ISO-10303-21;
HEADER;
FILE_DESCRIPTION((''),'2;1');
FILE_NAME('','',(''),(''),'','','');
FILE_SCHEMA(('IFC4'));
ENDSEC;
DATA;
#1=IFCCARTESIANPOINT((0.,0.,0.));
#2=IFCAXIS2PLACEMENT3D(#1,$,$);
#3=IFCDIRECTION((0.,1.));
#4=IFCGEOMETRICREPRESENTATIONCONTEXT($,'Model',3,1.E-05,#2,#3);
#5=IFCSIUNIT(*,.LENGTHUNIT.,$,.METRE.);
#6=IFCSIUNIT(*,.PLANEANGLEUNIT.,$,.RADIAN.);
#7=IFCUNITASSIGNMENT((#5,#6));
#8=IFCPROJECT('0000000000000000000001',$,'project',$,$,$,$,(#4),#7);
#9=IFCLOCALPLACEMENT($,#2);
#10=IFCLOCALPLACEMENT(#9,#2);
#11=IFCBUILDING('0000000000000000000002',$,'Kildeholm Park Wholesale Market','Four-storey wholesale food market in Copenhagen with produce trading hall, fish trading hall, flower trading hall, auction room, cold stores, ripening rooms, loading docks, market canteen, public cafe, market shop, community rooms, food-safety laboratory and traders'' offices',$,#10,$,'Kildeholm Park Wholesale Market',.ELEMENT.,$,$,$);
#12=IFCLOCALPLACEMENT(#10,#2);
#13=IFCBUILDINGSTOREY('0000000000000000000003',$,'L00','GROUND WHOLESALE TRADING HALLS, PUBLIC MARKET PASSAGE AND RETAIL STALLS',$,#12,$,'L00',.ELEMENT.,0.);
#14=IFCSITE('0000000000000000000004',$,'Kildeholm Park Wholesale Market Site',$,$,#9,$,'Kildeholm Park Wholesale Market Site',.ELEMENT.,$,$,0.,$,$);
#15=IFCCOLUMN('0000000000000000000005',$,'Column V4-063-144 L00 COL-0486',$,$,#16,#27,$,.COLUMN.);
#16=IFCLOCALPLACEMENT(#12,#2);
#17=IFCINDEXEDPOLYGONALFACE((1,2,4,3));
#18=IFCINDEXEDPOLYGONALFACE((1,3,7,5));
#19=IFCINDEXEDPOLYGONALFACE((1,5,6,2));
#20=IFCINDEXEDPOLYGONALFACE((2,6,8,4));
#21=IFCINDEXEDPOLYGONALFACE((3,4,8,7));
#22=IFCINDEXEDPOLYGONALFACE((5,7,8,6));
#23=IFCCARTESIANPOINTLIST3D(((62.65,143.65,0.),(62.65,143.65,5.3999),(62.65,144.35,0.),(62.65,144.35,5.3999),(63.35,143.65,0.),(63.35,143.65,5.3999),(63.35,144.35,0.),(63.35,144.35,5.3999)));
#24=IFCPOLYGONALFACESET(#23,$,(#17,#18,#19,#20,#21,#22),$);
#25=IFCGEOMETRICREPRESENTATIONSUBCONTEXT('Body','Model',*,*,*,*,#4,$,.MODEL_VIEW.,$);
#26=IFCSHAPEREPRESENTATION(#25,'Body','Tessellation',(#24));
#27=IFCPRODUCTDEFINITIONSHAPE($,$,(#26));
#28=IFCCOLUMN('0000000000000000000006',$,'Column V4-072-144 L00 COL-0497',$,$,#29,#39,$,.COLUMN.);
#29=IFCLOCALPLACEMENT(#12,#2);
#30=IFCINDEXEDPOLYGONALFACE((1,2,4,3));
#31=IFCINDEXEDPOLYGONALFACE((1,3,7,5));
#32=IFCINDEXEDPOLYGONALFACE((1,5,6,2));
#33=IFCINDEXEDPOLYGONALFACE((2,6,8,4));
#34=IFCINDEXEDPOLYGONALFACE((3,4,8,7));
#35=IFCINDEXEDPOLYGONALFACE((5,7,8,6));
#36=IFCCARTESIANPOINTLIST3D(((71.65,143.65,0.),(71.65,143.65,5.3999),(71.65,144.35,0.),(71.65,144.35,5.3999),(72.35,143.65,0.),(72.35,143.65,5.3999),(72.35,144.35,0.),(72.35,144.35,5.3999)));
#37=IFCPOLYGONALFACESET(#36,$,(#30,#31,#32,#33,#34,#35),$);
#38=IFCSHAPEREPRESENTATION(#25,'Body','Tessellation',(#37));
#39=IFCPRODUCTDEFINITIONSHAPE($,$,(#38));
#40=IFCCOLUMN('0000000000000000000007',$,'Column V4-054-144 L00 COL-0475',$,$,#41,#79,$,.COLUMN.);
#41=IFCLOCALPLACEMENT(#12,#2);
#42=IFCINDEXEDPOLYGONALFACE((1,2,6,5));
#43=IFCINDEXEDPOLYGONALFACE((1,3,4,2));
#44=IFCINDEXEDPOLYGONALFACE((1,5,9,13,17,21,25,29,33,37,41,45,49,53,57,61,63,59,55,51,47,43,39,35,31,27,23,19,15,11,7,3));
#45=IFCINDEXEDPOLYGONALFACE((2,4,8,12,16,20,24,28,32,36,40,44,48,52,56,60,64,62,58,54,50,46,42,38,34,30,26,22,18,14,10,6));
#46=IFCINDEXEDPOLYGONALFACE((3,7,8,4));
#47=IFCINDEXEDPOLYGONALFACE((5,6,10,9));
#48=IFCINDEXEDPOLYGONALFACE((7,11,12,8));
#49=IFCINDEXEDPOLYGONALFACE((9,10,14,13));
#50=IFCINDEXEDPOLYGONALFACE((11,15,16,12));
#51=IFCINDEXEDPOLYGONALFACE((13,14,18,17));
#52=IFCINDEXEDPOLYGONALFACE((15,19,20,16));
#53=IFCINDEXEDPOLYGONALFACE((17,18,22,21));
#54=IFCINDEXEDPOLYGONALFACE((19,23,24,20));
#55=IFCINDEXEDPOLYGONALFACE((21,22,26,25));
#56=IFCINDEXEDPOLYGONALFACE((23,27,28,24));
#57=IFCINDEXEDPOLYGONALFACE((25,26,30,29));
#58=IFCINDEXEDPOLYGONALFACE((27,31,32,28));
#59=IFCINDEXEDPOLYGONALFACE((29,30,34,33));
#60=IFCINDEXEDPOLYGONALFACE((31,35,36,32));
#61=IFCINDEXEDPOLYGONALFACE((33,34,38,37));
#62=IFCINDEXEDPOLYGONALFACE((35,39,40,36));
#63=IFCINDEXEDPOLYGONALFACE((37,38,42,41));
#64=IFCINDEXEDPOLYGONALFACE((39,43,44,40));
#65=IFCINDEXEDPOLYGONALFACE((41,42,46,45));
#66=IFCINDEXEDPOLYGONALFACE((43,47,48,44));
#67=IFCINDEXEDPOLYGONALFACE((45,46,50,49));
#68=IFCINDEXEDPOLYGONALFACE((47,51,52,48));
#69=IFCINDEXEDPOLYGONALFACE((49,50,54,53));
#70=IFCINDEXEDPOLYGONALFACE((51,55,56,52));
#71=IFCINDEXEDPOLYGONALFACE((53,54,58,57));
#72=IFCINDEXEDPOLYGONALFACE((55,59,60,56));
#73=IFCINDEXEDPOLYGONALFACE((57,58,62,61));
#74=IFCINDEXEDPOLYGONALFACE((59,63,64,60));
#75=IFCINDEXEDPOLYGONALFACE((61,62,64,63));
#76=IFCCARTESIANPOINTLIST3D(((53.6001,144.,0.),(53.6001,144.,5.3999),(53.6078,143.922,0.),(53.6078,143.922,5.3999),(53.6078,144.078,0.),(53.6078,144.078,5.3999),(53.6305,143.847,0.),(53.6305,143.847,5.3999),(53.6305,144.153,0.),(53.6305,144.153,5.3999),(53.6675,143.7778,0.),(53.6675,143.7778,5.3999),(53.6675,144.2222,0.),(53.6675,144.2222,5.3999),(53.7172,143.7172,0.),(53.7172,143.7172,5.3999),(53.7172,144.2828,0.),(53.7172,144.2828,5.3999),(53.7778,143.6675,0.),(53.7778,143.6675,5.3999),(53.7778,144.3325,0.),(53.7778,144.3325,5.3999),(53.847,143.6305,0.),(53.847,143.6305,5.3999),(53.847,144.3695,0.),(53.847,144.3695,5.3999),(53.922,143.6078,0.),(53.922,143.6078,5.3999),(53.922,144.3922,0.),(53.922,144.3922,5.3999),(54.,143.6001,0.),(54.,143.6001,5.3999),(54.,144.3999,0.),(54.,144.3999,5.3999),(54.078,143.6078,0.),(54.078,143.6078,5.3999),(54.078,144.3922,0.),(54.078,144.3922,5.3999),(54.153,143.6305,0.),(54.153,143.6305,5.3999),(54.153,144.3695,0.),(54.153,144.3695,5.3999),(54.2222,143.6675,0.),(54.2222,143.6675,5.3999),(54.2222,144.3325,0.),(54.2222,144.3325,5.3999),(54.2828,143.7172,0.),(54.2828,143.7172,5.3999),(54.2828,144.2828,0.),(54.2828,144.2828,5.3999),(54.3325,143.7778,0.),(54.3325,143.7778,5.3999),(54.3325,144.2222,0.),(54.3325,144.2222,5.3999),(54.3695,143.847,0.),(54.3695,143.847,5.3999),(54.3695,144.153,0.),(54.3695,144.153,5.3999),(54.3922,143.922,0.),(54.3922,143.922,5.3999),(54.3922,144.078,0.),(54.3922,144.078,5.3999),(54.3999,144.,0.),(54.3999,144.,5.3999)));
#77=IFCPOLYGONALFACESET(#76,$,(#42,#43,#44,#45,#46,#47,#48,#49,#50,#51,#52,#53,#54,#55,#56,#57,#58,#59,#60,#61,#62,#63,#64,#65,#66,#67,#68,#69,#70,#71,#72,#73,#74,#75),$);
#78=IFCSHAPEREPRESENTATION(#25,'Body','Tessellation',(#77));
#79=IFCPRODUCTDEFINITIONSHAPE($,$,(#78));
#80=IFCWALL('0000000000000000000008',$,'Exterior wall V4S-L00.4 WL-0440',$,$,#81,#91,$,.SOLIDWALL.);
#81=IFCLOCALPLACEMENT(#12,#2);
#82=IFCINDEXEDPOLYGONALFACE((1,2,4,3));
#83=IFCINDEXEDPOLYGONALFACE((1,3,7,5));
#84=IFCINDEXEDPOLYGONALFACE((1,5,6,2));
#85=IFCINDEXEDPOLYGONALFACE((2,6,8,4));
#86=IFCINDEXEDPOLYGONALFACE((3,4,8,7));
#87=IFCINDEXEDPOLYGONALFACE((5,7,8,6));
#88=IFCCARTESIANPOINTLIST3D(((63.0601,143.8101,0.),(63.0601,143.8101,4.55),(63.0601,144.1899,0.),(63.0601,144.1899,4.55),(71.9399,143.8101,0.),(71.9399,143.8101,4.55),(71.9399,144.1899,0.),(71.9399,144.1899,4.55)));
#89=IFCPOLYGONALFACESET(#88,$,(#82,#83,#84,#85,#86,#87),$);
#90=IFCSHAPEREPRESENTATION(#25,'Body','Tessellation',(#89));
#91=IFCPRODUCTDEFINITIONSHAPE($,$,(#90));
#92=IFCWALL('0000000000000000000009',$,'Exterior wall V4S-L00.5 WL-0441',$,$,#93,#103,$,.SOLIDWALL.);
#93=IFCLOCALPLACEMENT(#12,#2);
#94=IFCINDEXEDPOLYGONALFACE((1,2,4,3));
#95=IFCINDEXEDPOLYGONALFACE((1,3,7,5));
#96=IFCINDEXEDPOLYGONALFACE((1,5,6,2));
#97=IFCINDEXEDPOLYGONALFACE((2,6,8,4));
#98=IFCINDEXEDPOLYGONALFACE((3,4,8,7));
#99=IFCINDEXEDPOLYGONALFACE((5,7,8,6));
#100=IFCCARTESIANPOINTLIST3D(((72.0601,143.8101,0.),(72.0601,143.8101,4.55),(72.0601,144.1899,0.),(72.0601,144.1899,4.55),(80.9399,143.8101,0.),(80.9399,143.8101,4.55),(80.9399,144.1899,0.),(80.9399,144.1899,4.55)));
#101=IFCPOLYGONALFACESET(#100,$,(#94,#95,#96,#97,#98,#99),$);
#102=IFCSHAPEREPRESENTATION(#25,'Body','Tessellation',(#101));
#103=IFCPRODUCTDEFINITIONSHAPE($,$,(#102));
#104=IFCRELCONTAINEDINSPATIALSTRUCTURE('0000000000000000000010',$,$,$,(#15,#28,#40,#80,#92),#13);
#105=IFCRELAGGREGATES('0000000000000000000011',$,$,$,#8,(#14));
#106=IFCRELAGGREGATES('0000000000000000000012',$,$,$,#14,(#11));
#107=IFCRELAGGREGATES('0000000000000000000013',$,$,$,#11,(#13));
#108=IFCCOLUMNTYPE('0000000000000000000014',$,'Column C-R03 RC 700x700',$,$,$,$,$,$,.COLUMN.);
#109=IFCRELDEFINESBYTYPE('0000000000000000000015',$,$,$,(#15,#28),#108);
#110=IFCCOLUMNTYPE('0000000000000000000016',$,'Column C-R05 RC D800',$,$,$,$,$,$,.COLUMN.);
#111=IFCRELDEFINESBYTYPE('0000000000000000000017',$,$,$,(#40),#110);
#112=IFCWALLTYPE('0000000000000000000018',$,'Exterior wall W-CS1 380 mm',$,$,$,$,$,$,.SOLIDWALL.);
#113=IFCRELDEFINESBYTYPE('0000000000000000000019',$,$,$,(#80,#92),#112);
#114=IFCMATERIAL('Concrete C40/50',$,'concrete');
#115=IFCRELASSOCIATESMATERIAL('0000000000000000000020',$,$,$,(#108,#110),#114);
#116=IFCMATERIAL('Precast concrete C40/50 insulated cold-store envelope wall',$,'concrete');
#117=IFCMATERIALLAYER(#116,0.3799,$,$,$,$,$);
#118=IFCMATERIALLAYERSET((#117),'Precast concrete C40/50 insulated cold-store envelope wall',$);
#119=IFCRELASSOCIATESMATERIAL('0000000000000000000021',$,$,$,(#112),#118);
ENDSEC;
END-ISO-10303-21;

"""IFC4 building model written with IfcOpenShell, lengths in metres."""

from ifc_helpers import new_model, si_unit, direction, frame, frame_2d, origin, origin_2d, place, context, subcontext, project, spatial, rectangle, circle, extrude, material, layer, layer_set, material_profile, profile_set, type_object, element, save


model = new_model("IFC4")

# Units and contexts
model_context = context("Model", 3, precision=1e-05, world=origin(), true_north=direction((0.0, 1.0)))
body_context = subcontext(model_context, "Body", "Model", "MODEL_VIEW")
ifc_project = project(units=[si_unit("LENGTHUNIT", "METRE"), si_unit("PLANEANGLEUNIT", "RADIAN")], contexts=[model_context])

# Site, building, storey
site_placement = place(None, origin())
site = spatial("IfcSite", under=ifc_project, at=site_placement, Name="Kildeholm Park Wholesale Market Site", LongName="Kildeholm Park Wholesale Market Site", CompositionType="ELEMENT", RefElevation=0.0)
building_placement = place(site_placement, origin())
building = spatial("IfcBuilding", under=site, at=building_placement, Name="Kildeholm Park Wholesale Market", Description="Four-storey wholesale food market in Copenhagen with produce trading hall, fish trading hall, flower trading hall, auction room, cold stores, ripening rooms, loading docks, market canteen, public cafe, market shop, community rooms, food-safety laboratory and traders' offices", LongName="Kildeholm Park Wholesale Market", CompositionType="ELEMENT")
storey_placement = place(building_placement, origin())
storey = spatial("IfcBuildingStorey", under=building, at=storey_placement, Name="L00", Description="GROUND WHOLESALE TRADING HALLS, PUBLIC MARKET PASSAGE AND RETAIL STALLS", LongName="L00", CompositionType="ELEMENT", Elevation=0.0)

# Columns
ifc_material_1 = material(Name="Concrete C40/50", Category="concrete")
ifc_material_profile_1 = material_profile(ifc_material_1, rectangle(XDim=0.7, YDim=0.7, at=origin_2d()), Name="RC 700x700")
ifc_profile_set_1 = profile_set([ifc_material_profile_1], Name="Concrete C40/50")
column_type_1 = type_object("IfcColumnType", Name="Column C-R03 RC 700x700", PredefinedType="COLUMN", material=ifc_profile_set_1)
for number, where, z_axis, x_axis, name in (
    (1, (63.0, 144.0, 0.0), (0.0, 0.0, 1.0), (1.0, 0.0, 0.0), "Column V4-063-144 L00 COL-0486"),
    (2, (72.0, 144.0, 0.0), (0.0, 0.0, 1.0), (1.0, 0.0, 0.0), "Column V4-072-144 L00 COL-0497"),
):
    element("IfcColumn", number, at=place(storey_placement, frame(where, z_axis=z_axis, x_axis=x_axis)), inside=storey, type_object=column_type_1, Name=name, PredefinedType="COLUMN", context=body_context, shape_type="SweptSolid", body=[
        extrude(rectangle(XDim=0.7, YDim=0.7, at=origin_2d()), origin(), (0.0, 0.0, 1.0), 5.3999),
    ])
ifc_material_profile_2 = material_profile(ifc_material_1, circle(Radius=0.3999, at=origin_2d()), Name="RC D800")
ifc_profile_set_2 = profile_set([ifc_material_profile_2], Name="Concrete C40/50")
column_type_2 = type_object("IfcColumnType", Name="Column C-R05 RC D800", PredefinedType="COLUMN", material=ifc_profile_set_2)
column_placement = place(storey_placement, frame((54.0, 144.0, 0.0), z_axis=(0.0, 0.0, 1.0), x_axis=(1.0, 0.0, 0.0)))
element("IfcColumn", 3, at=column_placement, inside=storey, type_object=column_type_2, Name="Column V4-054-144 L00 COL-0475", PredefinedType="COLUMN", context=body_context, shape_type="SweptSolid", body=[
    extrude(circle(Radius=0.3999, at=origin_2d()), origin(), (0.0, 0.0, 1.0), 5.3999),
])

# Shared definitions
ifc_material_2 = material(Name="Precast concrete C40/50 insulated cold-store envelope wall", Category="concrete")
ifc_layer = layer(ifc_material_2, 0.3799)
ifc_layer_set = layer_set([ifc_layer], Name="Precast concrete C40/50 insulated cold-store envelope wall")
wall_type = type_object("IfcWallType", Name="Exterior wall W-CS1 380 mm", PredefinedType="SOLIDWALL", material=ifc_layer_set)

# Walls
for number, where, z_axis, x_axis, name in (
    (4, (63.0601, 144.0, 0.0), (0.0, 0.0, 1.0), (1.0, 0.0, 0.0), "Exterior wall V4S-L00.4 WL-0440"),
    (5, (72.0601, 144.0, 0.0), (0.0, 0.0, 1.0), (1.0, 0.0, 0.0), "Exterior wall V4S-L00.5 WL-0441"),
):
    element("IfcWall", number, at=place(storey_placement, frame(where, z_axis=z_axis, x_axis=x_axis)), inside=storey, type_object=wall_type, Name=name, PredefinedType="SOLIDWALL", context=body_context, shape_type="SweptSolid", body=[
        extrude(rectangle(XDim=8.8799, YDim=0.3799, at=frame_2d((4.4399, 0.0))), origin(), (0.0, 0.0, 1.0), 4.55),
    ])

save(model, "model.ifc")
